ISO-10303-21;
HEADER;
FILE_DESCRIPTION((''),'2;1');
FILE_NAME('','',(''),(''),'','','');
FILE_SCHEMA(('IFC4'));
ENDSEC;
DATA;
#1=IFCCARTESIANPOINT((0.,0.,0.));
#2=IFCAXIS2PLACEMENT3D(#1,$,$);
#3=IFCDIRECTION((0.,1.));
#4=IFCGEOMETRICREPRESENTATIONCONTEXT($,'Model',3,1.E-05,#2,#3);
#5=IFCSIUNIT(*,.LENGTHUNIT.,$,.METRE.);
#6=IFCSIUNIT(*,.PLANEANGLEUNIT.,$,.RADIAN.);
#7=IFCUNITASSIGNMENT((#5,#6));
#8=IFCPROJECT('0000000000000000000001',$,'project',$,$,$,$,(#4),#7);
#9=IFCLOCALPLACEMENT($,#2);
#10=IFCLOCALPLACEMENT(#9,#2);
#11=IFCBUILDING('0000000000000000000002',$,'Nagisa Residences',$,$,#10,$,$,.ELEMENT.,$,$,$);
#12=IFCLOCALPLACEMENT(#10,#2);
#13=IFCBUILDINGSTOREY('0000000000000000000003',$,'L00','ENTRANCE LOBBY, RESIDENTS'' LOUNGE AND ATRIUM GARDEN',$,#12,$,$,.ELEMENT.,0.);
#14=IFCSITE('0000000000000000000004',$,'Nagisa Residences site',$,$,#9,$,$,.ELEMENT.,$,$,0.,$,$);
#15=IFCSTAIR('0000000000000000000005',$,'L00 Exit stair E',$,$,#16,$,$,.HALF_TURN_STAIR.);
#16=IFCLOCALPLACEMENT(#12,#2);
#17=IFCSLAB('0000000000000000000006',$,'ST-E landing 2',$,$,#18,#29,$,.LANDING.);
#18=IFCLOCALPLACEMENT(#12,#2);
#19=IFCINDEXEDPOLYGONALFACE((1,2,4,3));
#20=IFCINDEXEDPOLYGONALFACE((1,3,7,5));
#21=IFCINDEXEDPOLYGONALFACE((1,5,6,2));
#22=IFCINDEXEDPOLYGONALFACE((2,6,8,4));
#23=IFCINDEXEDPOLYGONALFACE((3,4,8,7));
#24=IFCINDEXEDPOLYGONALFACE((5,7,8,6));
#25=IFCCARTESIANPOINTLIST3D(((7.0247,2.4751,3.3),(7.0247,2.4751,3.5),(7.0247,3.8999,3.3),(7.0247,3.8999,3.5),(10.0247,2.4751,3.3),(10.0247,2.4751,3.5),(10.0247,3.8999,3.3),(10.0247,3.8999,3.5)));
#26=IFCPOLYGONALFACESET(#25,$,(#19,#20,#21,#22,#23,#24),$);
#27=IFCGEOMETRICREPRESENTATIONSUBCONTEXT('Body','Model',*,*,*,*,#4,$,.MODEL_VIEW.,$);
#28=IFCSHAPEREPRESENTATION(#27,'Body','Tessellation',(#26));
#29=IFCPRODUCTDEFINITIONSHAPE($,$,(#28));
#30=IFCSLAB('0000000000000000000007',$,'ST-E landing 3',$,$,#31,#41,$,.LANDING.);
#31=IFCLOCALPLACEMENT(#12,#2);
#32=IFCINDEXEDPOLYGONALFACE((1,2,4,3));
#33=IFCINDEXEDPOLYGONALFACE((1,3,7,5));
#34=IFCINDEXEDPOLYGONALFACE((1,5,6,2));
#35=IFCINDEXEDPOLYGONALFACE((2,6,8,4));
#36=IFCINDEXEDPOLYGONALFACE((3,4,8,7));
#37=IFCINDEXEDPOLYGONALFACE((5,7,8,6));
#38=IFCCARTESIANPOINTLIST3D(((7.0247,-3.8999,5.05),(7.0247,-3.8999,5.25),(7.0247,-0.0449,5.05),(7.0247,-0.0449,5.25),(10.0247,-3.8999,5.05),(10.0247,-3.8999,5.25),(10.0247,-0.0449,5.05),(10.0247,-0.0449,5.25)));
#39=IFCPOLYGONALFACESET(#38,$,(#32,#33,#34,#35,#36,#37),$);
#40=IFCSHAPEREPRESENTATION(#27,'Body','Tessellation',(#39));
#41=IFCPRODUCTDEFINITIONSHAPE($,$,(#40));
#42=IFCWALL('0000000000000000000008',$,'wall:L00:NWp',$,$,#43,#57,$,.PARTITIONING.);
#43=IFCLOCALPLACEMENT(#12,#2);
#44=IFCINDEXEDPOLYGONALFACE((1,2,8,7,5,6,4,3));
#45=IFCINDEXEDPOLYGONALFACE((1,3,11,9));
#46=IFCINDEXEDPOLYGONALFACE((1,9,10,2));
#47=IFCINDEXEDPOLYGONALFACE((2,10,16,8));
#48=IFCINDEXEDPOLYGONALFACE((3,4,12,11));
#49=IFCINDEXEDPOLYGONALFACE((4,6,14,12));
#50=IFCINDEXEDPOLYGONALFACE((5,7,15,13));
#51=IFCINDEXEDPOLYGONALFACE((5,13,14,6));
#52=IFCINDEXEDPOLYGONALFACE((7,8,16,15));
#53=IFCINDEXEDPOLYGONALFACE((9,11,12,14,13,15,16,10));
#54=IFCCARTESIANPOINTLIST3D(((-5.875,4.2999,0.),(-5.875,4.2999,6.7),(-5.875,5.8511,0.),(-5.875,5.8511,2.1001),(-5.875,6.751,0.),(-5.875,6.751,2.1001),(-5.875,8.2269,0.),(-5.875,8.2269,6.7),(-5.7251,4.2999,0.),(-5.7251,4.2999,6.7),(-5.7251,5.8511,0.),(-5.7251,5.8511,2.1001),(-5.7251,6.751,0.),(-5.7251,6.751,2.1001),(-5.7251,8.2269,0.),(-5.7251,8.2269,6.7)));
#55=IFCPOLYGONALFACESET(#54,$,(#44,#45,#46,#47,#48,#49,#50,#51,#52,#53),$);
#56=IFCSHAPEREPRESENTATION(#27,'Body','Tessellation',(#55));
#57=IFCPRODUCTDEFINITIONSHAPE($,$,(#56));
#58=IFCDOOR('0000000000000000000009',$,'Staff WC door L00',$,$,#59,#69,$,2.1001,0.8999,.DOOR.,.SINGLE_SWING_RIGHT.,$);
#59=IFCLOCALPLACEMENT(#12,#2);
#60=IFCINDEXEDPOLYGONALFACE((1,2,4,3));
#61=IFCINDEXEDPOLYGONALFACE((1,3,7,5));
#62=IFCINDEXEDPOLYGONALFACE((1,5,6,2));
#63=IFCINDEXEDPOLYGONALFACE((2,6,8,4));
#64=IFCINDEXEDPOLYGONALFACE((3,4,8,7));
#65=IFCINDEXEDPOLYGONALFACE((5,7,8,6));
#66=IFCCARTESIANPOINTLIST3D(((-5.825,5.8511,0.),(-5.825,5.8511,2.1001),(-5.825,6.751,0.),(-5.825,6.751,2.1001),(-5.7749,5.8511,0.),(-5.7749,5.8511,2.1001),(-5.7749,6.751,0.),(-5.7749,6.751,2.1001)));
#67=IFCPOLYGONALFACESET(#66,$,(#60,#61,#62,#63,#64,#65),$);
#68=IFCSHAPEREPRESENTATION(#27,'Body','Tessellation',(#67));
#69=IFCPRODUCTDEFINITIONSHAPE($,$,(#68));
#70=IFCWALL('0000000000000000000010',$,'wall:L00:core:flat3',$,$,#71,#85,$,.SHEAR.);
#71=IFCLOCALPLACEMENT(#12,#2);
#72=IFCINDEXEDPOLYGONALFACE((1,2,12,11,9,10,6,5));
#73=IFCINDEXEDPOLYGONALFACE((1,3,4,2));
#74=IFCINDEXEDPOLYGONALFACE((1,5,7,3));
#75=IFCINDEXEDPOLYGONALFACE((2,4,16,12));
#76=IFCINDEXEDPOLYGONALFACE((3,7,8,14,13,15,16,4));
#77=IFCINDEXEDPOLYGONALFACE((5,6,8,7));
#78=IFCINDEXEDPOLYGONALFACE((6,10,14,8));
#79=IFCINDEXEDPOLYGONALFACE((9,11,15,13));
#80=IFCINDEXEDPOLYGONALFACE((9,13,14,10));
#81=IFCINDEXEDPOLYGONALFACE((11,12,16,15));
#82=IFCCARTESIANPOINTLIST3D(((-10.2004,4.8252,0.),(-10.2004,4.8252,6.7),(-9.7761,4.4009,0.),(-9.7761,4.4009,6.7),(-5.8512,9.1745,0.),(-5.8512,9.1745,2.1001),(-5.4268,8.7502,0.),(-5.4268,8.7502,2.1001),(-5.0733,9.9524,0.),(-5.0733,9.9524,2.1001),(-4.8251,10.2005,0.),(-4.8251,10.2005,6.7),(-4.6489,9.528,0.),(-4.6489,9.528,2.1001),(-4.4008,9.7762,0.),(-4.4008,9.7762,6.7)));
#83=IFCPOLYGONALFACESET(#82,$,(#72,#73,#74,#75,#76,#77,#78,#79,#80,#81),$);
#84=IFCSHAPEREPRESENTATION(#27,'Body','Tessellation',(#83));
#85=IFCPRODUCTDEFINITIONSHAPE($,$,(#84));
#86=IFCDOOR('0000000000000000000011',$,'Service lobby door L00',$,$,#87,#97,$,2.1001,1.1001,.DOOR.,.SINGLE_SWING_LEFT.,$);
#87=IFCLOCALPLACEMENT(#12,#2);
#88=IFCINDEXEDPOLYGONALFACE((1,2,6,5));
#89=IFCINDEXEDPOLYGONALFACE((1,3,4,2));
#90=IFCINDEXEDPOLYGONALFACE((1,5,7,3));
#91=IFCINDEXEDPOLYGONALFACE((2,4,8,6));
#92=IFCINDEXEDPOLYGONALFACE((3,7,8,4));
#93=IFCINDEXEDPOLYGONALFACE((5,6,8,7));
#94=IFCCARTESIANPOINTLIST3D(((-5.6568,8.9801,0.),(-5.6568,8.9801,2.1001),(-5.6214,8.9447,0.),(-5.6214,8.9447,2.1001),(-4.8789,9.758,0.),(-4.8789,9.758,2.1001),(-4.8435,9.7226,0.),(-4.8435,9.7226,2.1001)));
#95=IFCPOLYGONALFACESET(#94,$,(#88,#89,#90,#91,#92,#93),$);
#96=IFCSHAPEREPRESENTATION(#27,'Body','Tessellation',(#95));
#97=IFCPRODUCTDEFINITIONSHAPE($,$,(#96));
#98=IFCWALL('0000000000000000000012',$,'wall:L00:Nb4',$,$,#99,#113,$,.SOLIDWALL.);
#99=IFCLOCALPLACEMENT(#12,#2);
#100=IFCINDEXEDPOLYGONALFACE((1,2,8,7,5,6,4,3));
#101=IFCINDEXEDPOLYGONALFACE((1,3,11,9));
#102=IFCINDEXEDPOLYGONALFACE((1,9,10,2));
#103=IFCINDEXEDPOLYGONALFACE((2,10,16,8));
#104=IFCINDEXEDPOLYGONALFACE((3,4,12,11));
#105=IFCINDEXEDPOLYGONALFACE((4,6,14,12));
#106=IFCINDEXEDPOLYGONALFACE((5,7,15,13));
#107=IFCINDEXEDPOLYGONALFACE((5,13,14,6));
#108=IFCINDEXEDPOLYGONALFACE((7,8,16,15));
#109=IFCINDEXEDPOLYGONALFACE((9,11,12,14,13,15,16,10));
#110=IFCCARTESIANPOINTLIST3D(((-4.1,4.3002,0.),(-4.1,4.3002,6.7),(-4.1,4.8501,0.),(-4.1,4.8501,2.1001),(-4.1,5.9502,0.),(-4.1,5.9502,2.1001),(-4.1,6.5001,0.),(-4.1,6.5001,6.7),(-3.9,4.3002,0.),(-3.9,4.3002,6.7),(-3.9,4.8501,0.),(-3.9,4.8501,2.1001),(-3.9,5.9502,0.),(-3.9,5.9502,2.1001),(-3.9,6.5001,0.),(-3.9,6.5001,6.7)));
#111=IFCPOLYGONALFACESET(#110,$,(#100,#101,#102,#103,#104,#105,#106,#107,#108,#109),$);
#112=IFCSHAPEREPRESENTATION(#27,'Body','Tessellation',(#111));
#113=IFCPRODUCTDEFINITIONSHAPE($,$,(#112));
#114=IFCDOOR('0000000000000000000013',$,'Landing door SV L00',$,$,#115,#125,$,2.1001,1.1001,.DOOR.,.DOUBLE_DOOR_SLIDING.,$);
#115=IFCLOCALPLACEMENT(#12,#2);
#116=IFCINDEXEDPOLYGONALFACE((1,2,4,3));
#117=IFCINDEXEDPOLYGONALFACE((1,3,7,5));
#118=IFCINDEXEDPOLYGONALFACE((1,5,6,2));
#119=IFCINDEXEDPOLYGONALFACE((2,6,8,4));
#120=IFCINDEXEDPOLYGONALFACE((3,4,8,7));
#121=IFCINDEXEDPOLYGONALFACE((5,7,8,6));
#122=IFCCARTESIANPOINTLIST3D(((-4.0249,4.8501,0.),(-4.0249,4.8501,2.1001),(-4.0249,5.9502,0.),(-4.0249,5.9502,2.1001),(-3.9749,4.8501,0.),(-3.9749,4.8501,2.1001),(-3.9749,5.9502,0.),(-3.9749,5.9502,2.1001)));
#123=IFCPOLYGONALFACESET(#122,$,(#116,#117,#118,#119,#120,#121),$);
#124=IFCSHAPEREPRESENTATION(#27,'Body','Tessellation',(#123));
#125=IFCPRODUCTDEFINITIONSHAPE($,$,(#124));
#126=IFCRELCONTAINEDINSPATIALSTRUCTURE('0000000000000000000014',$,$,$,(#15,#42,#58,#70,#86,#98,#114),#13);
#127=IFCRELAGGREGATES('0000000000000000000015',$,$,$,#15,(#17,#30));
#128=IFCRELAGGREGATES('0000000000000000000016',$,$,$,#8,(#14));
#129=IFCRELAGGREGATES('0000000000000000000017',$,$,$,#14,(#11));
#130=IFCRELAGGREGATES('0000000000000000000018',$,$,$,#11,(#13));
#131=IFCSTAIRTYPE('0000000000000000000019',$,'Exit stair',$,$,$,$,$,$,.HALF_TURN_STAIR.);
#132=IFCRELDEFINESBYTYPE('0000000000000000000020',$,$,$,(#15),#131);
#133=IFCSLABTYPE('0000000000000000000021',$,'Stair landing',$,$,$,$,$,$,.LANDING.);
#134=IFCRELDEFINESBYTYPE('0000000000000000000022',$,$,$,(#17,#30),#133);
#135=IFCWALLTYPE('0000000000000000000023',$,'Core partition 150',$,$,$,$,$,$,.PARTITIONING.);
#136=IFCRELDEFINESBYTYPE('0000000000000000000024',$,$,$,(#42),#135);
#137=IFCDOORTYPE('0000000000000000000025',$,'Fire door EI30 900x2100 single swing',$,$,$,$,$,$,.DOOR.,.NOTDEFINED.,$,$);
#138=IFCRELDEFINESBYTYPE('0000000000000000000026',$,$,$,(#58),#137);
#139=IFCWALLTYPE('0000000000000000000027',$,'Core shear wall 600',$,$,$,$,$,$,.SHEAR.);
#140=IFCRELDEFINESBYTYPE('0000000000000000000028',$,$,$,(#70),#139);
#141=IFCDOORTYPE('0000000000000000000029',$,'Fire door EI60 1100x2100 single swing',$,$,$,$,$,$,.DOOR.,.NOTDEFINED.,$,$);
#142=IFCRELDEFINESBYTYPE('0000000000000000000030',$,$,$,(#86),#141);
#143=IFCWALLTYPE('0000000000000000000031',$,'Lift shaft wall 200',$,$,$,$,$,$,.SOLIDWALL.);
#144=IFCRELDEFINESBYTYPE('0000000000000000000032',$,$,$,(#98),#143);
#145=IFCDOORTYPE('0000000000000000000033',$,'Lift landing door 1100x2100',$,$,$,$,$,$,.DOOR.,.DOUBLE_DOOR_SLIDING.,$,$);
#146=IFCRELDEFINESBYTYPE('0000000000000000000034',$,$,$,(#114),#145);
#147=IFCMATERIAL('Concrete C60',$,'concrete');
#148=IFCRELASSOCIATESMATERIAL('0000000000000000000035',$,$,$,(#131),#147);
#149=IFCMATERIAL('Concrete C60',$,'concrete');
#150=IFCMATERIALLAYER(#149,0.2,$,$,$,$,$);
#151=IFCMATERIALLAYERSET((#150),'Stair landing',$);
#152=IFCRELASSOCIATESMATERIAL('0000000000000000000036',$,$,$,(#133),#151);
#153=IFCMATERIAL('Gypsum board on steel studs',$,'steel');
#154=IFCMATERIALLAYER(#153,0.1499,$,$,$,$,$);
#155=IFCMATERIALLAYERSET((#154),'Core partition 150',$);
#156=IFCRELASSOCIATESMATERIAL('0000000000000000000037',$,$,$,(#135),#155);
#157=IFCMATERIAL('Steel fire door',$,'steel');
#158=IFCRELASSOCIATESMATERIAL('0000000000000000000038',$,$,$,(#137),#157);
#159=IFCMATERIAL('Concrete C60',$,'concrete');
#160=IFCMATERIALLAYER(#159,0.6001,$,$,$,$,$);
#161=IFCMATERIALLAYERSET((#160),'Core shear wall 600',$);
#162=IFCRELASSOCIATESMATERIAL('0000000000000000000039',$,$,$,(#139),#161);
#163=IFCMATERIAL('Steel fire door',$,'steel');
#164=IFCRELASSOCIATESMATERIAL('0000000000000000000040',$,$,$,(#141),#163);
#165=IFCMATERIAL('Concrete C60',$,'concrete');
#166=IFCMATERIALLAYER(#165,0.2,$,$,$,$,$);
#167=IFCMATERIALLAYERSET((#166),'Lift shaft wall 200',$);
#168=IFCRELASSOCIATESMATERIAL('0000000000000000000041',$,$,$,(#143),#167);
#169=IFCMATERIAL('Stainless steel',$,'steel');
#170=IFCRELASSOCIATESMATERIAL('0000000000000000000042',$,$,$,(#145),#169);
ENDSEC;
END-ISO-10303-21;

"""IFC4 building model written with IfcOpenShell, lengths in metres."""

from ifc_helpers import new_model, si_unit, direction, frame, frame_2d, origin, place, context, subcontext, project, spatial, polyline, rectangle, outline, extrude, material, layer, layer_set, type_object, element, fill, aggregate, save


model = new_model("IFC4")

# Units and contexts
model_context = context("Model", 3, precision=1e-05, world=origin(), true_north=direction((0.0, 1.0)))
body_context = subcontext(model_context, "Body", "Model", "MODEL_VIEW")
ifc_project = project(units=[si_unit("LENGTHUNIT", "METRE"), si_unit("PLANEANGLEUNIT", "RADIAN")], contexts=[model_context])

# Site, building, storey
site_placement = place(None, origin())
site = spatial("IfcSite", under=ifc_project, at=site_placement, Name="Nagisa Residences site", CompositionType="ELEMENT", RefElevation=0.0)
building_placement = place(site_placement, origin())
building = spatial("IfcBuilding", under=site, at=building_placement, Name="Nagisa Residences", CompositionType="ELEMENT")
storey_placement = place(building_placement, origin())
storey = spatial("IfcBuildingStorey", under=building, at=storey_placement, Name="L00", Description="ENTRANCE LOBBY, RESIDENTS' LOUNGE AND ATRIUM GARDEN", CompositionType="ELEMENT", Elevation=0.0)

# Stair, slabs
ifc_material_1 = material(Name="Concrete C60", Category="concrete")
stair_type = type_object("IfcStairType", Name="Exit stair", PredefinedType="HALF_TURN_STAIR", material=ifc_material_1)
stair_1_placement = place(storey_placement, origin())
stair_1 = element("IfcStair", 1, at=stair_1_placement, inside=storey, type_object=stair_type, Name="L00 Exit stair E", PredefinedType="HALF_TURN_STAIR")
ifc_material_2 = material(Name="Concrete C60", Category="concrete")
ifc_layer_1 = layer(ifc_material_2, 0.2)
ifc_layer_set_1 = layer_set([ifc_layer_1], Name="Stair landing")
slab_type = type_object("IfcSlabType", Name="Stair landing", PredefinedType="LANDING", material=ifc_layer_set_1)
slab_1_placement = place(storey_placement, frame((0.0, 0.0, 3.3)))
slab_1 = element("IfcSlab", 2, at=slab_1_placement, type_object=slab_type, Name="ST-E landing 2", PredefinedType="LANDING", context=body_context, shape_type="SweptSolid", body=[
    extrude(outline(polyline([(7.0247, 3.8999), (7.0247, 2.4751), (10.0247, 2.4751), (10.0247, 3.8999), (7.0247, 3.8999)])), origin(), (0.0, 0.0, 1.0), 0.2),
])
slab_2_placement = place(storey_placement, frame((0.0, 0.0, 5.05)))
slab_2 = element("IfcSlab", 3, at=slab_2_placement, type_object=slab_type, Name="ST-E landing 3", PredefinedType="LANDING", context=body_context, shape_type="SweptSolid", body=[
    extrude(outline(polyline([(7.0247, -0.0449), (7.0247, -3.8999), (10.0247, -3.8999), (10.0247, -0.0449), (7.0247, -0.0449)])), origin(), (0.0, 0.0, 1.0), 0.2),
])
aggregate(stair_1, [slab_1, slab_2])

# Walls, openings, doors
ifc_material_3 = material(Name="Gypsum board on steel studs", Category="steel")
ifc_layer_2 = layer(ifc_material_3, 0.1499)
ifc_layer_set_2 = layer_set([ifc_layer_2], Name="Core partition 150")
wall_type_1 = type_object("IfcWallType", Name="Core partition 150", PredefinedType="PARTITIONING", material=ifc_layer_set_2)
wall_1_placement = place(storey_placement, frame((-5.8, 4.3, 0.0), z_axis=(0.0, 0.0, 1.0), x_axis=(0.0, 1.0, 0.0)))
wall_1 = element("IfcWall", 4, at=wall_1_placement, inside=storey, type_object=wall_type_1, Name="wall:L00:NWp", PredefinedType="PARTITIONING", context=body_context, shape_type="SweptSolid", body=[
    extrude(rectangle(XDim=3.927, YDim=0.1499, at=frame_2d((1.9634, 0.0))), origin(), (0.0, 0.0, 1.0), 6.7),
])
opening_1_placement = place(wall_1_placement, frame((1.551, 0.0, 0.0)))
opening_1 = element("IfcOpeningElement", 5, at=opening_1_placement, cuts=wall_1, PredefinedType="OPENING", context=body_context, shape_type="SweptSolid", body=[
    extrude(rectangle(XDim=0.8999, YDim=2.1001, at=frame_2d((0.45, 1.05))), frame((0.0, 0.085, 0.0), z_axis=(0.0, -1.0, 0.0), x_axis=(1.0, 0.0, 0.0)), (0.0, 0.0, 1.0), 0.1699),
])
ifc_material_4 = material(Name="Steel fire door", Category="steel")
door_type_1 = type_object("IfcDoorType", Name="Fire door EI30 900x2100 single swing", OperationType="NOTDEFINED", PredefinedType="DOOR", material=ifc_material_4)
door_1_placement = place(opening_1_placement, origin())
door_1 = element("IfcDoor", 6, at=door_1_placement, inside=storey, type_object=door_type_1, Name="Staff WC door L00", OperationType="SINGLE_SWING_RIGHT", OverallHeight=2.1001, OverallWidth=0.8999, PredefinedType="DOOR", context=body_context, shape_type="SweptSolid", body=[
    extrude(rectangle(XDim=0.8999, YDim=2.1001, at=frame_2d((0.45, 1.05))), frame((0.0, 0.0249, 0.0), z_axis=(0.0, -1.0, 0.0), x_axis=(1.0, 0.0, 0.0)), (0.0, 0.0, 1.0), 0.05),
])
fill(opening_1, door_1)
ifc_material_5 = material(Name="Concrete C60", Category="concrete")
ifc_layer_3 = layer(ifc_material_5, 0.6001)
ifc_layer_set_3 = layer_set([ifc_layer_3], Name="Core shear wall 600")
wall_type_2 = type_object("IfcWallType", Name="Core shear wall 600", PredefinedType="SHEAR", material=ifc_layer_set_3)
wall_2_placement = place(storey_placement, frame((-4.613, 9.9883, 0.0), z_axis=(0.0, 0.0, 1.0), x_axis=(-0.707107, -0.707107, 0.0)))
wall_2 = element("IfcWall", 7, at=wall_2_placement, inside=storey, type_object=wall_type_2, Name="wall:L00:core:flat3", PredefinedType="SHEAR", context=body_context, shape_type="SweptSolid", body=[
    extrude(rectangle(XDim=7.6018, YDim=0.6001, at=frame_2d((3.8008, 0.0))), origin(), (0.0, 0.0, 1.0), 6.7),
])
opening_2_placement = place(wall_2_placement, frame((0.3508, 0.0, 0.0)))
opening_2 = element("IfcOpeningElement", 8, at=opening_2_placement, cuts=wall_2, PredefinedType="OPENING", context=body_context, shape_type="SweptSolid", body=[
    extrude(rectangle(XDim=1.1001, YDim=2.1001, at=frame_2d((0.55, 1.05))), frame((0.0, 0.3101, 0.0), z_axis=(0.0, -1.0, 0.0), x_axis=(1.0, 0.0, 0.0)), (0.0, 0.0, 1.0), 0.6201),
])
ifc_material_6 = material(Name="Steel fire door", Category="steel")
door_type_2 = type_object("IfcDoorType", Name="Fire door EI60 1100x2100 single swing", OperationType="NOTDEFINED", PredefinedType="DOOR", material=ifc_material_6)
door_2_placement = place(opening_2_placement, origin())
door_2 = element("IfcDoor", 9, at=door_2_placement, inside=storey, type_object=door_type_2, Name="Service lobby door L00", OperationType="SINGLE_SWING_LEFT", OverallHeight=2.1001, OverallWidth=1.1001, PredefinedType="DOOR", context=body_context, shape_type="SweptSolid", body=[
    extrude(rectangle(XDim=1.1001, YDim=2.1001, at=frame_2d((0.55, 1.05))), frame((0.0, 0.0249, 0.0), z_axis=(0.0, -1.0, 0.0), x_axis=(1.0, 0.0, 0.0)), (0.0, 0.0, 1.0), 0.05),
])
fill(opening_2, door_2)
ifc_material_7 = material(Name="Concrete C60", Category="concrete")
ifc_layer_4 = layer(ifc_material_7, 0.2)
ifc_layer_set_4 = layer_set([ifc_layer_4], Name="Lift shaft wall 200")
wall_type_3 = type_object("IfcWallType", Name="Lift shaft wall 200", PredefinedType="SOLIDWALL", material=ifc_layer_set_4)
wall_3_placement = place(storey_placement, frame((-4.0, 4.3, 0.0), z_axis=(0.0, 0.0, 1.0), x_axis=(0.0, 1.0, 0.0)))
wall_3 = element("IfcWall", 10, at=wall_3_placement, inside=storey, type_object=wall_type_3, Name="wall:L00:Nb4", PredefinedType="SOLIDWALL", context=body_context, shape_type="SweptSolid", body=[
    extrude(rectangle(XDim=2.2, YDim=0.2, at=frame_2d((1.1001, 0.0))), origin(), (0.0, 0.0, 1.0), 6.7),
])
opening_3_placement = place(wall_3_placement, frame((0.55, 0.0, 0.0)))
opening_3 = element("IfcOpeningElement", 11, at=opening_3_placement, cuts=wall_3, PredefinedType="OPENING", context=body_context, shape_type="SweptSolid", body=[
    extrude(rectangle(XDim=1.1001, YDim=2.1001, at=frame_2d((0.55, 1.05))), frame((0.0, 0.1099, 0.0), z_axis=(0.0, -1.0, 0.0), x_axis=(1.0, 0.0, 0.0)), (0.0, 0.0, 1.0), 0.22),
])
ifc_material_8 = material(Name="Stainless steel", Category="steel")
door_type_3 = type_object("IfcDoorType", Name="Lift landing door 1100x2100", OperationType="DOUBLE_DOOR_SLIDING", PredefinedType="DOOR", material=ifc_material_8)
door_3_placement = place(opening_3_placement, origin())
door_3 = element("IfcDoor", 12, at=door_3_placement, inside=storey, type_object=door_type_3, Name="Landing door SV L00", OperationType="DOUBLE_DOOR_SLIDING", OverallHeight=2.1001, OverallWidth=1.1001, PredefinedType="DOOR", context=body_context, shape_type="SweptSolid", body=[
    extrude(rectangle(XDim=1.1001, YDim=2.1001, at=frame_2d((0.55, 1.05))), frame((0.0, 0.0249, 0.0), z_axis=(0.0, -1.0, 0.0), x_axis=(1.0, 0.0, 0.0)), (0.0, 0.0, 1.0), 0.05),
])
fill(opening_3, door_3)

save(model, "model.ifc")
